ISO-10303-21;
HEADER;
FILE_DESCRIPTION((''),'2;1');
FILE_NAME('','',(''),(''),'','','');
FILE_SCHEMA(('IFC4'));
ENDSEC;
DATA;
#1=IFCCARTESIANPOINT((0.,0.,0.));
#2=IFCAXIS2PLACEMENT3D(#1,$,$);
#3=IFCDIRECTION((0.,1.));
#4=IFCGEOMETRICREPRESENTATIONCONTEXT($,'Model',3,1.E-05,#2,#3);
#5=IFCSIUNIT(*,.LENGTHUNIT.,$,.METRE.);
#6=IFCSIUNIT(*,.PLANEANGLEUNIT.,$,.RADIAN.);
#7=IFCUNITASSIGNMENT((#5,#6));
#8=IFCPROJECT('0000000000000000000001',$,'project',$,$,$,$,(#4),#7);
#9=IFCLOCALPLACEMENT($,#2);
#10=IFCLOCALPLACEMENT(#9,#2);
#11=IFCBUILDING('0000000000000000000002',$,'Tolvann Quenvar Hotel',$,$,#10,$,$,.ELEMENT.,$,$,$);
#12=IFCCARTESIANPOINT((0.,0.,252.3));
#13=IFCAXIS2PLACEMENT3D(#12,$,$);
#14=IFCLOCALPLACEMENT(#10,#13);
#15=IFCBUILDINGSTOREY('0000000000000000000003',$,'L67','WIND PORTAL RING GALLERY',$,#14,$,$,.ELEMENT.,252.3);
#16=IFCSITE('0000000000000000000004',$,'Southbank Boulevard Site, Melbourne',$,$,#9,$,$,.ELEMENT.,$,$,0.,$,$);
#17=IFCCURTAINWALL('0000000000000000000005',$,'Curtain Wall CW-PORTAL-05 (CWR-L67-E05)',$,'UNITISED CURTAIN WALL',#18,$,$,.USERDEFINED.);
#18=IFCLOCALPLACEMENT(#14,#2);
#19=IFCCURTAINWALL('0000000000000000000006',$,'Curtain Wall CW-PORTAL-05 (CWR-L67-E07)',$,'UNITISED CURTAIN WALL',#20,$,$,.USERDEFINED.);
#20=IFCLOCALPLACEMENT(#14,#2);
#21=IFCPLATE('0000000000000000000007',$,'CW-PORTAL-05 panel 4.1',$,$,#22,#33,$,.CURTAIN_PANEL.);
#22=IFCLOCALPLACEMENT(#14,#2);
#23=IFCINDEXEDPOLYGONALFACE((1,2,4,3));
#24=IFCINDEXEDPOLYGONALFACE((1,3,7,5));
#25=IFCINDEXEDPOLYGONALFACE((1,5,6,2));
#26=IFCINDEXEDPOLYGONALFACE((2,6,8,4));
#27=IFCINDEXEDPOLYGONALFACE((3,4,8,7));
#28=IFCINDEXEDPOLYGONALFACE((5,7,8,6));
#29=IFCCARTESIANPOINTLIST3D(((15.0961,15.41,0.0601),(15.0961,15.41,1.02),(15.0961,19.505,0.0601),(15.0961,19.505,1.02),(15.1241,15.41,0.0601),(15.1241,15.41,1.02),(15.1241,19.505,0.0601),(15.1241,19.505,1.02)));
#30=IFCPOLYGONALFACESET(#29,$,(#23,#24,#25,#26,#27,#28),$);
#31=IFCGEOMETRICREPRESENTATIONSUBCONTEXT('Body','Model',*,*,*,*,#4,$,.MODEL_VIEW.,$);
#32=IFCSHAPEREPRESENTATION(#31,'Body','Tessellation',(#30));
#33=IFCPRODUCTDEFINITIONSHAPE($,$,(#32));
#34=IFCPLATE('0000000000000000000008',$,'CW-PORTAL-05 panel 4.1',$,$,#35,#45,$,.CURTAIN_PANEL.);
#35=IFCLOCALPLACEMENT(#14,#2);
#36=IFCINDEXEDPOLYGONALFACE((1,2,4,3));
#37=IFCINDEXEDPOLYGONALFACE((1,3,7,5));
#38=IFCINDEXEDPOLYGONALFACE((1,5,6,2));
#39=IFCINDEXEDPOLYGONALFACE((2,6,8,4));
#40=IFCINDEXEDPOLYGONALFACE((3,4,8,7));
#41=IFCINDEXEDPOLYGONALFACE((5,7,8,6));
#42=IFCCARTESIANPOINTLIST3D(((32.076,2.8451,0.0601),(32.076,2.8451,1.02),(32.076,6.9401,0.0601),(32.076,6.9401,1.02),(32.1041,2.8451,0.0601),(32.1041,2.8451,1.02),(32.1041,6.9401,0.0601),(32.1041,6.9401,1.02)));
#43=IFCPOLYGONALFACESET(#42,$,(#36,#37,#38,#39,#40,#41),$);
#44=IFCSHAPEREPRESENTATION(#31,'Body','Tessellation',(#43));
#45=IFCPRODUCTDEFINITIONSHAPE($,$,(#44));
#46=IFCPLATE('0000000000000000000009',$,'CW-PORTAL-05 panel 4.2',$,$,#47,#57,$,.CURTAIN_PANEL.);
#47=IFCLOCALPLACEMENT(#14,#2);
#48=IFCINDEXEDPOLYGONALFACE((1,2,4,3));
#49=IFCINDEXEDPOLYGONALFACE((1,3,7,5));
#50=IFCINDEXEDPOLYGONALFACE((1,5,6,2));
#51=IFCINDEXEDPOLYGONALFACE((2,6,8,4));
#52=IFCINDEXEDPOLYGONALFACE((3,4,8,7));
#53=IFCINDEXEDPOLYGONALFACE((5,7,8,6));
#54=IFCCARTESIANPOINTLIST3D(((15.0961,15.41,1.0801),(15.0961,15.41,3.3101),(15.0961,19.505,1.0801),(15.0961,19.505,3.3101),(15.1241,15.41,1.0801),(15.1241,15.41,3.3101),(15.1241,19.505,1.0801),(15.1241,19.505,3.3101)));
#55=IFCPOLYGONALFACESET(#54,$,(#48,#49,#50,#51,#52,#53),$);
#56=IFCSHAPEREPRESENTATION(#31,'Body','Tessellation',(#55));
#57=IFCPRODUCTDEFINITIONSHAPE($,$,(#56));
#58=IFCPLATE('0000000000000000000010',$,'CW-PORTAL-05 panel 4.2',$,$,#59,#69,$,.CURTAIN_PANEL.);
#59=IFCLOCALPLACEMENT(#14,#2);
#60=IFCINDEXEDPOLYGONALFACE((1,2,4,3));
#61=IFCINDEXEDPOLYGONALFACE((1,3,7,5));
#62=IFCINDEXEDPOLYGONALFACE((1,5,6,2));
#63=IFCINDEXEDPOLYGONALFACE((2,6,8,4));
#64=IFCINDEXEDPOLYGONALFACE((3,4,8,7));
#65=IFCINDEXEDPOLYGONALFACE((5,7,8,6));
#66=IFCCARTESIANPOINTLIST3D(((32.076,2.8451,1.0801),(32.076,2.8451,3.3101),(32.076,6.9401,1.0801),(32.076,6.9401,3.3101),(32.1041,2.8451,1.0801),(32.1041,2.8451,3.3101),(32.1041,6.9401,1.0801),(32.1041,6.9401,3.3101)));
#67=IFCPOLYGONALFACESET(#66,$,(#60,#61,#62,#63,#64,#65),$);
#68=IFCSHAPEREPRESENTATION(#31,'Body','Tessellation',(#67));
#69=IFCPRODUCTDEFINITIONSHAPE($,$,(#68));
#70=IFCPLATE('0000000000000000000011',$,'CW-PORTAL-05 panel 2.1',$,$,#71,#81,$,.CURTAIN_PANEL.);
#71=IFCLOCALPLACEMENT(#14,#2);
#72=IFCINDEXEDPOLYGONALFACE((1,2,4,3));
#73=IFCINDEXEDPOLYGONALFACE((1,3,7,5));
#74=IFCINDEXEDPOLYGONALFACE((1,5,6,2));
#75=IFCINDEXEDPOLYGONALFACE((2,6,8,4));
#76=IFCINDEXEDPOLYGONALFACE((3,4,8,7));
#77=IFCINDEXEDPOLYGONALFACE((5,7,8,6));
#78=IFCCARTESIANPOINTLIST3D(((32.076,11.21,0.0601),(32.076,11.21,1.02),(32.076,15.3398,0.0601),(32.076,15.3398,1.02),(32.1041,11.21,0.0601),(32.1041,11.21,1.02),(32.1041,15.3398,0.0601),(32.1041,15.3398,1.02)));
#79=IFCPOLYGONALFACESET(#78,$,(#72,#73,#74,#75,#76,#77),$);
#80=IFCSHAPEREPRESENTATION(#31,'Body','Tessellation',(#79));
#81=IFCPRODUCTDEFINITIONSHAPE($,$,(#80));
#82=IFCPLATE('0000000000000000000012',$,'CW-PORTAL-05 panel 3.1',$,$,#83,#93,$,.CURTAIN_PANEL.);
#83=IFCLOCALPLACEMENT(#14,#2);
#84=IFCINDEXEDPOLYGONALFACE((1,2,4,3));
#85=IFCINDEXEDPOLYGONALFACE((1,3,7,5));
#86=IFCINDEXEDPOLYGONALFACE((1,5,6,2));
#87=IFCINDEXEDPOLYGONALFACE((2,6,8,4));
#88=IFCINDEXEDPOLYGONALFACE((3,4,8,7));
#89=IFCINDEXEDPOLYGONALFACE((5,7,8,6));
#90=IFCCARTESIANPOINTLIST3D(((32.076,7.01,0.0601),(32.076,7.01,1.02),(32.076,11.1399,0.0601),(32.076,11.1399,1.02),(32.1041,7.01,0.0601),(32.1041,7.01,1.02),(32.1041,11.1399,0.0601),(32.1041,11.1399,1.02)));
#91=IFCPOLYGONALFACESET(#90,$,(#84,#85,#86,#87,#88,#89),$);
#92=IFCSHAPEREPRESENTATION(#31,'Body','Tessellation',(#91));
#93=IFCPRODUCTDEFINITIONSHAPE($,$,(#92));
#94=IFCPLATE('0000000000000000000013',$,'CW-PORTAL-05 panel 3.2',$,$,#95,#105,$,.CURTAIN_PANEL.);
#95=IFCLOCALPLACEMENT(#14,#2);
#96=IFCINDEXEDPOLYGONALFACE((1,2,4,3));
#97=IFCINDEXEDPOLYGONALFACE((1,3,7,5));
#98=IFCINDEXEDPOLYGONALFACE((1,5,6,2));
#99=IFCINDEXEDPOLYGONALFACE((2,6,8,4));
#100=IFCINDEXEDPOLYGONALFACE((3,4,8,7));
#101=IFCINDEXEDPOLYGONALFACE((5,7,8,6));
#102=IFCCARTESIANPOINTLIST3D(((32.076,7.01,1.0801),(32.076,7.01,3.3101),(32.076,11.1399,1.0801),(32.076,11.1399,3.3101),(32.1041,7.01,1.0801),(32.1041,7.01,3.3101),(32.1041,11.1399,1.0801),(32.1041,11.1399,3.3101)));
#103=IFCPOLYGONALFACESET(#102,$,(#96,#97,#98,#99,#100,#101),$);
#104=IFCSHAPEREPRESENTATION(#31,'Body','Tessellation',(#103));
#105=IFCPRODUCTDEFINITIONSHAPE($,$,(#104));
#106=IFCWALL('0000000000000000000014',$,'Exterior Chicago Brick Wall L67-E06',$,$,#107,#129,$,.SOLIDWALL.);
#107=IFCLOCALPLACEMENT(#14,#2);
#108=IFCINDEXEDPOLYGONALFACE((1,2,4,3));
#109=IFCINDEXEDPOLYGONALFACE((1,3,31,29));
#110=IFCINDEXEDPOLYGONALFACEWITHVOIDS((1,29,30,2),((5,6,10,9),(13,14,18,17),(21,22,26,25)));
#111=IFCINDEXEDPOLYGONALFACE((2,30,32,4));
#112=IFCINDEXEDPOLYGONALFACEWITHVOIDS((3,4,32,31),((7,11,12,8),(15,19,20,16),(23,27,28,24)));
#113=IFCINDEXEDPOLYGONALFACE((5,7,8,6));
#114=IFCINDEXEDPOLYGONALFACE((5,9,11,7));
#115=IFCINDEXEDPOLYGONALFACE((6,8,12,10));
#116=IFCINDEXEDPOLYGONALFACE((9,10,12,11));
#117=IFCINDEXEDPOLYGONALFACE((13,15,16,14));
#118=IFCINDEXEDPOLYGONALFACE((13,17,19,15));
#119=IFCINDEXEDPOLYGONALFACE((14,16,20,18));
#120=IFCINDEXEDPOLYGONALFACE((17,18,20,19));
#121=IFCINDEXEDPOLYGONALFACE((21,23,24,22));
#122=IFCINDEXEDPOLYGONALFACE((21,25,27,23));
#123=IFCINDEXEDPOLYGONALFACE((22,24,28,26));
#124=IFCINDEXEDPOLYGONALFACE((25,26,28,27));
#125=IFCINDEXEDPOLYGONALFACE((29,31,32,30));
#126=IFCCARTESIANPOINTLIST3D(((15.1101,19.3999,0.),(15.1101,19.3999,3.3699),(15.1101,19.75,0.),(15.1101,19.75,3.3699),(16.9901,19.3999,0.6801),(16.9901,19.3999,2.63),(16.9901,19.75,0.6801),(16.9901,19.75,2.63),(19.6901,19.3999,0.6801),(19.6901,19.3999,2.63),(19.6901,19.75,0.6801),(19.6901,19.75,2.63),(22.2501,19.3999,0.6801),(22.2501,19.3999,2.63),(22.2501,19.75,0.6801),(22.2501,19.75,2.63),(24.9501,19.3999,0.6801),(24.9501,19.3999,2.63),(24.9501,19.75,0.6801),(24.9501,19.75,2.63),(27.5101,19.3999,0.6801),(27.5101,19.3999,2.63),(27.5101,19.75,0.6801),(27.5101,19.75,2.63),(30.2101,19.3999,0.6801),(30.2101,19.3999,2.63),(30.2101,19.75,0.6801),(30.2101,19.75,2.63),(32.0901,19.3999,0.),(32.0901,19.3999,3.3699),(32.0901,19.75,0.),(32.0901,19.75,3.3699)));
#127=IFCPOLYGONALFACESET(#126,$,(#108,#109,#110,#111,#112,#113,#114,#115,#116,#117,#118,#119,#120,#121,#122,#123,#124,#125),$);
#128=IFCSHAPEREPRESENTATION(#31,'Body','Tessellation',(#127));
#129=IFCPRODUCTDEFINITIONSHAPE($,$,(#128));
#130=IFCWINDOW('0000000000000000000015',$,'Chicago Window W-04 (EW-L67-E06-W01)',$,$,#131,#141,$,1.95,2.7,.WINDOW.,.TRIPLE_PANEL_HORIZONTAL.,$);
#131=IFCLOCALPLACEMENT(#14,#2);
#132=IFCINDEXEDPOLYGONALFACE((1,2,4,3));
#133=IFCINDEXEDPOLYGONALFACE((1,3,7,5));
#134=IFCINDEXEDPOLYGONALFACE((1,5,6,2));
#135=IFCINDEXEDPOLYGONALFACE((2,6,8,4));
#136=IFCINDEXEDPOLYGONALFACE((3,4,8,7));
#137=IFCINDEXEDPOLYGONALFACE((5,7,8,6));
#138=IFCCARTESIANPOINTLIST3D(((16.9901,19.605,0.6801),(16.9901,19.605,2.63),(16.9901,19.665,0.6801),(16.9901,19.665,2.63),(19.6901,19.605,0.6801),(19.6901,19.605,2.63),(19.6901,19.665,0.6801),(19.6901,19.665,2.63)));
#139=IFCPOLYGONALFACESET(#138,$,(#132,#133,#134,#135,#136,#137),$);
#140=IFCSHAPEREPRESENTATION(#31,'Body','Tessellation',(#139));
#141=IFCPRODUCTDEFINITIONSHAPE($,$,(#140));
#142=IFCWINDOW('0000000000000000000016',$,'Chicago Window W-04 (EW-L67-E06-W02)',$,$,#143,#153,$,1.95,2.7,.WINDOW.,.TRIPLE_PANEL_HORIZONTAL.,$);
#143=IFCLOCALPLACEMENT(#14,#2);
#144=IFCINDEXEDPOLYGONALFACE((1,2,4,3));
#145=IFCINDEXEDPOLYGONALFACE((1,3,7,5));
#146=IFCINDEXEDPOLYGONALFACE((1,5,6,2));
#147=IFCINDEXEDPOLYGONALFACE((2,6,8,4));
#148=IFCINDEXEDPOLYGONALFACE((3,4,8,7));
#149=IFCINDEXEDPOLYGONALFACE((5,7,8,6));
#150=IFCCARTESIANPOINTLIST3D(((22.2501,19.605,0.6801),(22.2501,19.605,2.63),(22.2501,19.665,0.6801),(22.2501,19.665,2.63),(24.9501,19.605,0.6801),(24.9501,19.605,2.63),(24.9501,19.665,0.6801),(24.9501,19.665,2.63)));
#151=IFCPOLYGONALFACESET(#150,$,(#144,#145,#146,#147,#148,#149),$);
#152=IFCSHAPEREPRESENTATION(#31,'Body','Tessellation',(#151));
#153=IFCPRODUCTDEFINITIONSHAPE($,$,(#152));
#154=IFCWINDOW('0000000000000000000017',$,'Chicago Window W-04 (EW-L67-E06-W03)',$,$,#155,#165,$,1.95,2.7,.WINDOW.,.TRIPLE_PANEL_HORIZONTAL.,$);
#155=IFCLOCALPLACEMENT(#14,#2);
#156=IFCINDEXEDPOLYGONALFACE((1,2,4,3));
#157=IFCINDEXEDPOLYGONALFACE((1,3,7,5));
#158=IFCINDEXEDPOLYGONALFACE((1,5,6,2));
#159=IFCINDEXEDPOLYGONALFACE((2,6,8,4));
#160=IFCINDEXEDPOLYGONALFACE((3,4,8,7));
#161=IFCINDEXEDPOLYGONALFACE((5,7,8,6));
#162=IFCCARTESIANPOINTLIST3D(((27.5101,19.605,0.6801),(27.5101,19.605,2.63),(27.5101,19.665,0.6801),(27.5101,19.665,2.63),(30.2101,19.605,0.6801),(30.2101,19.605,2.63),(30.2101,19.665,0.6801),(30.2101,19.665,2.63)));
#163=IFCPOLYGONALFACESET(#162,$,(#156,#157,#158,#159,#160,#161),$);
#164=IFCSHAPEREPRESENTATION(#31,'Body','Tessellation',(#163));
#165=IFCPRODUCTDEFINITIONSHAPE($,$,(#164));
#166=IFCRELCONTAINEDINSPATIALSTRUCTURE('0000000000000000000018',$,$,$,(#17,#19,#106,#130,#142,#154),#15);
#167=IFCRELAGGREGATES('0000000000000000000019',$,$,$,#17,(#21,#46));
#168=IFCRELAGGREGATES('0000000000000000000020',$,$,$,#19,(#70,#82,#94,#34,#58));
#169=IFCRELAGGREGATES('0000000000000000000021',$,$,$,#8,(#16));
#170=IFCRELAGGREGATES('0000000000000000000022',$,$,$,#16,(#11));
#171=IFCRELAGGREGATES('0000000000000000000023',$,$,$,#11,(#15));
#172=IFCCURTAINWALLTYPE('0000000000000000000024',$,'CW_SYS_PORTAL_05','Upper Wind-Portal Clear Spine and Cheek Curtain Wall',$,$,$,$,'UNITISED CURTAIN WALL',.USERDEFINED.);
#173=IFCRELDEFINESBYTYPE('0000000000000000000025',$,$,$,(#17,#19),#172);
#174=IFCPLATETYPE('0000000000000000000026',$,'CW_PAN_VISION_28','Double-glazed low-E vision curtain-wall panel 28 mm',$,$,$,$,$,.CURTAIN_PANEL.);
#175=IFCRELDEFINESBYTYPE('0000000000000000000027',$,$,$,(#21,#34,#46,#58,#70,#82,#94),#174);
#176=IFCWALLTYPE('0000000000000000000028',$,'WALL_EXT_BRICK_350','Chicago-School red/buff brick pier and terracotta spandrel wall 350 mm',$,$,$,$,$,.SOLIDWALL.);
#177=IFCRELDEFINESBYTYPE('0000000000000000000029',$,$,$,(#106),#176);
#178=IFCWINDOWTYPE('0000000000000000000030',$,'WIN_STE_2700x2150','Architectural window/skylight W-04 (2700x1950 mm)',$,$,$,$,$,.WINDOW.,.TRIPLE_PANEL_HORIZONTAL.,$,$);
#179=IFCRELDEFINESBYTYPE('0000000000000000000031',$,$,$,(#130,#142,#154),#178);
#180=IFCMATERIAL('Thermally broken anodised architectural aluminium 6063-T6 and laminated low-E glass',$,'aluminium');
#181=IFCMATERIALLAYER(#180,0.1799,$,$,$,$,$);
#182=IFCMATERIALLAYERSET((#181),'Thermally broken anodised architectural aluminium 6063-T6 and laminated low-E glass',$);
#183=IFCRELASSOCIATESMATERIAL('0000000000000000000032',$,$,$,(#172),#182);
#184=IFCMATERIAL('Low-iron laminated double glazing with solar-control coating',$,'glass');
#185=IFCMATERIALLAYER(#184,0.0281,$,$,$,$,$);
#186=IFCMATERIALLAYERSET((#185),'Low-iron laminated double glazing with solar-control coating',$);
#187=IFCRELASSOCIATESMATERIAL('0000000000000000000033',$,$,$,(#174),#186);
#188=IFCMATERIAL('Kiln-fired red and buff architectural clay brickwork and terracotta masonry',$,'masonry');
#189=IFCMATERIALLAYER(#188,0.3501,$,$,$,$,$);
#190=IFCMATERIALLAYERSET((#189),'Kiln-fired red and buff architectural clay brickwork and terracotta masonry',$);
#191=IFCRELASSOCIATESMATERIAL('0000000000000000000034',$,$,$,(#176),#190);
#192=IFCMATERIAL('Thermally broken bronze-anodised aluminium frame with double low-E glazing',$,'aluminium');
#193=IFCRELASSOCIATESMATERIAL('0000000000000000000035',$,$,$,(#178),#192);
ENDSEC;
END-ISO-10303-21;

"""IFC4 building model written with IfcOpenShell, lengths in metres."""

from ifc_helpers import new_model, si_unit, direction, frame, frame_2d, origin, origin_2d, place, context, subcontext, project, spatial, rectangle, extrude, source, transform, mapped, material, layer, layer_set, type_object, type_shapes, element, fill, aggregate, save


model = new_model("IFC4")

# Units and contexts
model_context = context("Model", 3, precision=1e-05, world=origin(), true_north=direction((0.0, 1.0)))
body_context = subcontext(model_context, "Body", "Model", "MODEL_VIEW")
ifc_project = project(units=[si_unit("LENGTHUNIT", "METRE"), si_unit("PLANEANGLEUNIT", "RADIAN")], contexts=[model_context])

# Site, building, storey
site_placement = place(None, origin())
site = spatial("IfcSite", under=ifc_project, at=site_placement, Name="Southbank Boulevard Site, Melbourne", CompositionType="ELEMENT", RefElevation=0.0)
building_placement = place(site_placement, origin())
building = spatial("IfcBuilding", under=site, at=building_placement, Name="Tolvann Quenvar Hotel", CompositionType="ELEMENT")
storey_placement = place(building_placement, frame((0.0, 0.0, 252.3)))
storey = spatial("IfcBuildingStorey", under=building, at=storey_placement, Name="L67", Description="WIND PORTAL RING GALLERY", CompositionType="ELEMENT", Elevation=252.3)

# Curtain wall
ifc_material_1 = material(Name="Thermally broken anodised architectural aluminium 6063-T6 and laminated low-E glass", Category="aluminium")
ifc_layer_1 = layer(ifc_material_1, 0.1799)
ifc_layer_set_1 = layer_set([ifc_layer_1], Name="Thermally broken anodised architectural aluminium 6063-T6 and laminated low-E glass")
curtain_wall_type = type_object("IfcCurtainWallType", Name="CW_SYS_PORTAL_05", Description="Upper Wind-Portal Clear Spine and Cheek Curtain Wall", ElementType="UNITISED CURTAIN WALL", PredefinedType="USERDEFINED", material=ifc_layer_set_1)
curtain_wall_1_placement = place(storey_placement, origin())
curtain_wall_1 = element("IfcCurtainWall", 1, at=curtain_wall_1_placement, inside=storey, type_object=curtain_wall_type, Name="Curtain Wall CW-PORTAL-05 (CWR-L67-E05)", ObjectType="UNITISED CURTAIN WALL", PredefinedType="USERDEFINED")

# Curtain wall
curtain_wall_2_placement = place(storey_placement, origin())
curtain_wall_2 = element("IfcCurtainWall", 2, at=curtain_wall_2_placement, inside=storey, type_object=curtain_wall_type, Name="Curtain Wall CW-PORTAL-05 (CWR-L67-E07)", ObjectType="UNITISED CURTAIN WALL", PredefinedType="USERDEFINED")

# Plates
ifc_material_2 = material(Name="Low-iron laminated double glazing with solar-control coating", Category="glass")
ifc_layer_2 = layer(ifc_material_2, 0.0281)
ifc_layer_set_2 = layer_set([ifc_layer_2], Name="Low-iron laminated double glazing with solar-control coating")
plate_type = type_object("IfcPlateType", Name="CW_PAN_VISION_28", Description="Double-glazed low-E vision curtain-wall panel 28 mm", PredefinedType="CURTAIN_PANEL", material=ifc_layer_set_2)
shared_shape_1 = source(origin(), body_context, "Body", "SweptSolid", [
    extrude(rectangle(XDim=4.095, YDim=0.0281, at=origin_2d()), origin(), (0.0, 0.0, 1.0), 0.96),
])
plate_1_placement = place(storey_placement, frame((15.1101, 17.4575, 0.0601), z_axis=(0.0, 0.0, 1.0), x_axis=(0.0, 1.0, 0.0)))
plate_1 = element("IfcPlate", 3, at=plate_1_placement, type_object=plate_type, Name="CW-PORTAL-05 panel 4.1", PredefinedType="CURTAIN_PANEL", context=body_context, shape_type="MappedRepresentation", body=[
    mapped(shared_shape_1, transform((0.0, 0.0, 0.0), x_axis=(1.0, 0.0, 0.0), y_axis=(0.0, 1.0, 0.0), z_axis=(0.0, 0.0, 1.0), scale=1.0)),
])
plate_2_placement = place(storey_placement, frame((32.0901, 4.8926, 0.0601), z_axis=(0.0, 0.0, 1.0), x_axis=(0.0, -1.0, 0.0)))
plate_2 = element("IfcPlate", 4, at=plate_2_placement, type_object=plate_type, Name="CW-PORTAL-05 panel 4.1", PredefinedType="CURTAIN_PANEL", context=body_context, shape_type="MappedRepresentation", body=[
    mapped(shared_shape_1, transform((0.0, 0.0, 0.0), x_axis=(1.0, 0.0, 0.0), y_axis=(0.0, 1.0, 0.0), z_axis=(0.0, 0.0, 1.0), scale=1.0)),
])
shared_shape_2 = source(origin(), body_context, "Body", "SweptSolid", [
    extrude(rectangle(XDim=4.095, YDim=0.0281, at=origin_2d()), origin(), (0.0, 0.0, 1.0), 2.23),
])
plate_3_placement = place(storey_placement, frame((15.1101, 17.4575, 1.0801), z_axis=(0.0, 0.0, 1.0), x_axis=(0.0, 1.0, 0.0)))
plate_3 = element("IfcPlate", 5, at=plate_3_placement, type_object=plate_type, Name="CW-PORTAL-05 panel 4.2", PredefinedType="CURTAIN_PANEL", context=body_context, shape_type="MappedRepresentation", body=[
    mapped(shared_shape_2, transform((0.0, 0.0, 0.0), x_axis=(1.0, 0.0, 0.0), y_axis=(0.0, 1.0, 0.0), z_axis=(0.0, 0.0, 1.0), scale=1.0)),
])
aggregate(curtain_wall_1, [plate_1, plate_3])
plate_4_placement = place(storey_placement, frame((32.0901, 4.8926, 1.0801), z_axis=(0.0, 0.0, 1.0), x_axis=(0.0, -1.0, 0.0)))
plate_4 = element("IfcPlate", 6, at=plate_4_placement, type_object=plate_type, Name="CW-PORTAL-05 panel 4.2", PredefinedType="CURTAIN_PANEL", context=body_context, shape_type="MappedRepresentation", body=[
    mapped(shared_shape_2, transform((0.0, 0.0, 0.0), x_axis=(1.0, 0.0, 0.0), y_axis=(0.0, 1.0, 0.0), z_axis=(0.0, 0.0, 1.0), scale=1.0)),
])
shared_shape_3 = source(origin(), body_context, "Body", "SweptSolid", [
    extrude(rectangle(XDim=4.1299, YDim=0.0281, at=origin_2d()), origin(), (0.0, 0.0, 1.0), 0.96),
])
plate_5_placement = place(storey_placement, frame((32.0901, 13.2749, 0.0601), z_axis=(0.0, 0.0, 1.0), x_axis=(0.0, -1.0, 0.0)))
plate_5 = element("IfcPlate", 7, at=plate_5_placement, type_object=plate_type, Name="CW-PORTAL-05 panel 2.1", PredefinedType="CURTAIN_PANEL", context=body_context, shape_type="MappedRepresentation", body=[
    mapped(shared_shape_3, transform((0.0, 0.0, 0.0), x_axis=(1.0, 0.0, 0.0), y_axis=(0.0, 1.0, 0.0), z_axis=(0.0, 0.0, 1.0), scale=1.0)),
])
plate_6_placement = place(storey_placement, frame((32.0901, 9.075, 0.0601), z_axis=(0.0, 0.0, 1.0), x_axis=(0.0, -1.0, 0.0)))
plate_6 = element("IfcPlate", 8, at=plate_6_placement, type_object=plate_type, Name="CW-PORTAL-05 panel 3.1", PredefinedType="CURTAIN_PANEL", context=body_context, shape_type="MappedRepresentation", body=[
    mapped(shared_shape_3, transform((0.0, 0.0, 0.0), x_axis=(1.0, 0.0, 0.0), y_axis=(0.0, 1.0, 0.0), z_axis=(0.0, 0.0, 1.0), scale=1.0)),
])
shared_shape_4 = source(origin(), body_context, "Body", "SweptSolid", [
    extrude(rectangle(XDim=4.1299, YDim=0.0281, at=origin_2d()), origin(), (0.0, 0.0, 1.0), 2.23),
])
type_shapes(plate_type, [shared_shape_1, shared_shape_2, shared_shape_3, shared_shape_4])
plate_7_placement = place(storey_placement, frame((32.0901, 9.075, 1.0801), z_axis=(0.0, 0.0, 1.0), x_axis=(0.0, -1.0, 0.0)))
plate_7 = element("IfcPlate", 9, at=plate_7_placement, type_object=plate_type, Name="CW-PORTAL-05 panel 3.2", PredefinedType="CURTAIN_PANEL", context=body_context, shape_type="MappedRepresentation", body=[
    mapped(shared_shape_4, transform((0.0, 0.0, 0.0), x_axis=(1.0, 0.0, 0.0), y_axis=(0.0, 1.0, 0.0), z_axis=(0.0, 0.0, 1.0), scale=1.0)),
])
aggregate(curtain_wall_2, [plate_5, plate_6, plate_7, plate_2, plate_4])

# Wall, openings, windows
ifc_material_3 = material(Name="Kiln-fired red and buff architectural clay brickwork and terracotta masonry", Category="masonry")
ifc_layer_3 = layer(ifc_material_3, 0.3501)
ifc_layer_set_3 = layer_set([ifc_layer_3], Name="Kiln-fired red and buff architectural clay brickwork and terracotta masonry")
wall_type = type_object("IfcWallType", Name="WALL_EXT_BRICK_350", Description="Chicago-School red/buff brick pier and terracotta spandrel wall 350 mm", PredefinedType="SOLIDWALL", material=ifc_layer_set_3)
wall_placement = place(storey_placement, frame((15.1101, 19.575, 0.0), z_axis=(0.0, 0.0, 1.0), x_axis=(1.0, 0.0, 0.0)))
wall = element("IfcWall", 10, at=wall_placement, inside=storey, type_object=wall_type, Name="Exterior Chicago Brick Wall L67-E06", PredefinedType="SOLIDWALL", context=body_context, shape_type="SweptSolid", body=[
    extrude(rectangle(XDim=16.98, YDim=0.3501, at=frame_2d((8.49, 0.0))), origin(), (0.0, 0.0, 1.0), 3.3699),
])
opening_1_placement = place(wall_placement, frame((1.8799, 0.0, 0.6799)))
opening_1 = element("IfcOpeningElement", 11, at=opening_1_placement, cuts=wall, PredefinedType="OPENING", context=body_context, shape_type="SweptSolid", body=[
    extrude(rectangle(XDim=2.7, YDim=1.95, at=frame_2d((1.3501, 0.9751))), frame((0.0, 0.1851, 0.0), z_axis=(0.0, -1.0, 0.0), x_axis=(1.0, 0.0, 0.0)), (0.0, 0.0, 1.0), 0.3701),
])
opening_2_placement = place(wall_placement, frame((7.1399, 0.0, 0.6799)))
opening_2 = element("IfcOpeningElement", 12, at=opening_2_placement, cuts=wall, PredefinedType="OPENING", context=body_context, shape_type="SweptSolid", body=[
    extrude(rectangle(XDim=2.7, YDim=1.95, at=frame_2d((1.3501, 0.9751))), frame((0.0, 0.1851, 0.0), z_axis=(0.0, -1.0, 0.0), x_axis=(1.0, 0.0, 0.0)), (0.0, 0.0, 1.0), 0.3701),
])
opening_3_placement = place(wall_placement, frame((12.3999, 0.0, 0.6799)))
opening_3 = element("IfcOpeningElement", 13, at=opening_3_placement, cuts=wall, PredefinedType="OPENING", context=body_context, shape_type="SweptSolid", body=[
    extrude(rectangle(XDim=2.7, YDim=1.95, at=frame_2d((1.3501, 0.9751))), frame((0.0, 0.1851, 0.0), z_axis=(0.0, -1.0, 0.0), x_axis=(1.0, 0.0, 0.0)), (0.0, 0.0, 1.0), 0.3701),
])
ifc_material_4 = material(Name="Thermally broken bronze-anodised aluminium frame with double low-E glazing", Category="aluminium")
window_type = type_object("IfcWindowType", Name="WIN_STE_2700x2150", Description="Architectural window/skylight W-04 (2700x1950 mm)", PartitioningType="TRIPLE_PANEL_HORIZONTAL", PredefinedType="WINDOW", material=ifc_material_4)
shared_shape_5 = source(origin(), body_context, "Body", "SweptSolid", [
    extrude(rectangle(XDim=2.7, YDim=1.95, at=frame_2d((1.3501, 0.9751))), frame((0.0, 0.0901, 0.0), z_axis=(0.0, -1.0, 0.0), x_axis=(1.0, 0.0, 0.0)), (0.0, 0.0, 1.0), 0.0601),
])
type_shapes(window_type, [shared_shape_5])
window_1_placement = place(opening_1_placement, origin())
window_1 = element("IfcWindow", 14, at=window_1_placement, inside=storey, type_object=window_type, Name="Chicago Window W-04 (EW-L67-E06-W01)", OverallHeight=1.95, OverallWidth=2.7, PartitioningType="TRIPLE_PANEL_HORIZONTAL", PredefinedType="WINDOW", context=body_context, shape_type="MappedRepresentation", body=[
    mapped(shared_shape_5, transform((0.0, 0.0, 0.0), x_axis=(1.0, 0.0, 0.0), y_axis=(0.0, 1.0, 0.0), z_axis=(0.0, 0.0, 1.0), scale=1.0)),
])
fill(opening_1, window_1)
window_2_placement = place(opening_2_placement, origin())
window_2 = element("IfcWindow", 15, at=window_2_placement, inside=storey, type_object=window_type, Name="Chicago Window W-04 (EW-L67-E06-W02)", OverallHeight=1.95, OverallWidth=2.7, PartitioningType="TRIPLE_PANEL_HORIZONTAL", PredefinedType="WINDOW", context=body_context, shape_type="MappedRepresentation", body=[
    mapped(shared_shape_5, transform((0.0, 0.0, 0.0), x_axis=(1.0, 0.0, 0.0), y_axis=(0.0, 1.0, 0.0), z_axis=(0.0, 0.0, 1.0), scale=1.0)),
])
fill(opening_2, window_2)
window_3_placement = place(opening_3_placement, origin())
window_3 = element("IfcWindow", 16, at=window_3_placement, inside=storey, type_object=window_type, Name="Chicago Window W-04 (EW-L67-E06-W03)", OverallHeight=1.95, OverallWidth=2.7, PartitioningType="TRIPLE_PANEL_HORIZONTAL", PredefinedType="WINDOW", context=body_context, shape_type="MappedRepresentation", body=[
    mapped(shared_shape_5, transform((0.0, 0.0, 0.0), x_axis=(1.0, 0.0, 0.0), y_axis=(0.0, 1.0, 0.0), z_axis=(0.0, 0.0, 1.0), scale=1.0)),
])
fill(opening_3, window_3)

save(model, "model.ifc")
